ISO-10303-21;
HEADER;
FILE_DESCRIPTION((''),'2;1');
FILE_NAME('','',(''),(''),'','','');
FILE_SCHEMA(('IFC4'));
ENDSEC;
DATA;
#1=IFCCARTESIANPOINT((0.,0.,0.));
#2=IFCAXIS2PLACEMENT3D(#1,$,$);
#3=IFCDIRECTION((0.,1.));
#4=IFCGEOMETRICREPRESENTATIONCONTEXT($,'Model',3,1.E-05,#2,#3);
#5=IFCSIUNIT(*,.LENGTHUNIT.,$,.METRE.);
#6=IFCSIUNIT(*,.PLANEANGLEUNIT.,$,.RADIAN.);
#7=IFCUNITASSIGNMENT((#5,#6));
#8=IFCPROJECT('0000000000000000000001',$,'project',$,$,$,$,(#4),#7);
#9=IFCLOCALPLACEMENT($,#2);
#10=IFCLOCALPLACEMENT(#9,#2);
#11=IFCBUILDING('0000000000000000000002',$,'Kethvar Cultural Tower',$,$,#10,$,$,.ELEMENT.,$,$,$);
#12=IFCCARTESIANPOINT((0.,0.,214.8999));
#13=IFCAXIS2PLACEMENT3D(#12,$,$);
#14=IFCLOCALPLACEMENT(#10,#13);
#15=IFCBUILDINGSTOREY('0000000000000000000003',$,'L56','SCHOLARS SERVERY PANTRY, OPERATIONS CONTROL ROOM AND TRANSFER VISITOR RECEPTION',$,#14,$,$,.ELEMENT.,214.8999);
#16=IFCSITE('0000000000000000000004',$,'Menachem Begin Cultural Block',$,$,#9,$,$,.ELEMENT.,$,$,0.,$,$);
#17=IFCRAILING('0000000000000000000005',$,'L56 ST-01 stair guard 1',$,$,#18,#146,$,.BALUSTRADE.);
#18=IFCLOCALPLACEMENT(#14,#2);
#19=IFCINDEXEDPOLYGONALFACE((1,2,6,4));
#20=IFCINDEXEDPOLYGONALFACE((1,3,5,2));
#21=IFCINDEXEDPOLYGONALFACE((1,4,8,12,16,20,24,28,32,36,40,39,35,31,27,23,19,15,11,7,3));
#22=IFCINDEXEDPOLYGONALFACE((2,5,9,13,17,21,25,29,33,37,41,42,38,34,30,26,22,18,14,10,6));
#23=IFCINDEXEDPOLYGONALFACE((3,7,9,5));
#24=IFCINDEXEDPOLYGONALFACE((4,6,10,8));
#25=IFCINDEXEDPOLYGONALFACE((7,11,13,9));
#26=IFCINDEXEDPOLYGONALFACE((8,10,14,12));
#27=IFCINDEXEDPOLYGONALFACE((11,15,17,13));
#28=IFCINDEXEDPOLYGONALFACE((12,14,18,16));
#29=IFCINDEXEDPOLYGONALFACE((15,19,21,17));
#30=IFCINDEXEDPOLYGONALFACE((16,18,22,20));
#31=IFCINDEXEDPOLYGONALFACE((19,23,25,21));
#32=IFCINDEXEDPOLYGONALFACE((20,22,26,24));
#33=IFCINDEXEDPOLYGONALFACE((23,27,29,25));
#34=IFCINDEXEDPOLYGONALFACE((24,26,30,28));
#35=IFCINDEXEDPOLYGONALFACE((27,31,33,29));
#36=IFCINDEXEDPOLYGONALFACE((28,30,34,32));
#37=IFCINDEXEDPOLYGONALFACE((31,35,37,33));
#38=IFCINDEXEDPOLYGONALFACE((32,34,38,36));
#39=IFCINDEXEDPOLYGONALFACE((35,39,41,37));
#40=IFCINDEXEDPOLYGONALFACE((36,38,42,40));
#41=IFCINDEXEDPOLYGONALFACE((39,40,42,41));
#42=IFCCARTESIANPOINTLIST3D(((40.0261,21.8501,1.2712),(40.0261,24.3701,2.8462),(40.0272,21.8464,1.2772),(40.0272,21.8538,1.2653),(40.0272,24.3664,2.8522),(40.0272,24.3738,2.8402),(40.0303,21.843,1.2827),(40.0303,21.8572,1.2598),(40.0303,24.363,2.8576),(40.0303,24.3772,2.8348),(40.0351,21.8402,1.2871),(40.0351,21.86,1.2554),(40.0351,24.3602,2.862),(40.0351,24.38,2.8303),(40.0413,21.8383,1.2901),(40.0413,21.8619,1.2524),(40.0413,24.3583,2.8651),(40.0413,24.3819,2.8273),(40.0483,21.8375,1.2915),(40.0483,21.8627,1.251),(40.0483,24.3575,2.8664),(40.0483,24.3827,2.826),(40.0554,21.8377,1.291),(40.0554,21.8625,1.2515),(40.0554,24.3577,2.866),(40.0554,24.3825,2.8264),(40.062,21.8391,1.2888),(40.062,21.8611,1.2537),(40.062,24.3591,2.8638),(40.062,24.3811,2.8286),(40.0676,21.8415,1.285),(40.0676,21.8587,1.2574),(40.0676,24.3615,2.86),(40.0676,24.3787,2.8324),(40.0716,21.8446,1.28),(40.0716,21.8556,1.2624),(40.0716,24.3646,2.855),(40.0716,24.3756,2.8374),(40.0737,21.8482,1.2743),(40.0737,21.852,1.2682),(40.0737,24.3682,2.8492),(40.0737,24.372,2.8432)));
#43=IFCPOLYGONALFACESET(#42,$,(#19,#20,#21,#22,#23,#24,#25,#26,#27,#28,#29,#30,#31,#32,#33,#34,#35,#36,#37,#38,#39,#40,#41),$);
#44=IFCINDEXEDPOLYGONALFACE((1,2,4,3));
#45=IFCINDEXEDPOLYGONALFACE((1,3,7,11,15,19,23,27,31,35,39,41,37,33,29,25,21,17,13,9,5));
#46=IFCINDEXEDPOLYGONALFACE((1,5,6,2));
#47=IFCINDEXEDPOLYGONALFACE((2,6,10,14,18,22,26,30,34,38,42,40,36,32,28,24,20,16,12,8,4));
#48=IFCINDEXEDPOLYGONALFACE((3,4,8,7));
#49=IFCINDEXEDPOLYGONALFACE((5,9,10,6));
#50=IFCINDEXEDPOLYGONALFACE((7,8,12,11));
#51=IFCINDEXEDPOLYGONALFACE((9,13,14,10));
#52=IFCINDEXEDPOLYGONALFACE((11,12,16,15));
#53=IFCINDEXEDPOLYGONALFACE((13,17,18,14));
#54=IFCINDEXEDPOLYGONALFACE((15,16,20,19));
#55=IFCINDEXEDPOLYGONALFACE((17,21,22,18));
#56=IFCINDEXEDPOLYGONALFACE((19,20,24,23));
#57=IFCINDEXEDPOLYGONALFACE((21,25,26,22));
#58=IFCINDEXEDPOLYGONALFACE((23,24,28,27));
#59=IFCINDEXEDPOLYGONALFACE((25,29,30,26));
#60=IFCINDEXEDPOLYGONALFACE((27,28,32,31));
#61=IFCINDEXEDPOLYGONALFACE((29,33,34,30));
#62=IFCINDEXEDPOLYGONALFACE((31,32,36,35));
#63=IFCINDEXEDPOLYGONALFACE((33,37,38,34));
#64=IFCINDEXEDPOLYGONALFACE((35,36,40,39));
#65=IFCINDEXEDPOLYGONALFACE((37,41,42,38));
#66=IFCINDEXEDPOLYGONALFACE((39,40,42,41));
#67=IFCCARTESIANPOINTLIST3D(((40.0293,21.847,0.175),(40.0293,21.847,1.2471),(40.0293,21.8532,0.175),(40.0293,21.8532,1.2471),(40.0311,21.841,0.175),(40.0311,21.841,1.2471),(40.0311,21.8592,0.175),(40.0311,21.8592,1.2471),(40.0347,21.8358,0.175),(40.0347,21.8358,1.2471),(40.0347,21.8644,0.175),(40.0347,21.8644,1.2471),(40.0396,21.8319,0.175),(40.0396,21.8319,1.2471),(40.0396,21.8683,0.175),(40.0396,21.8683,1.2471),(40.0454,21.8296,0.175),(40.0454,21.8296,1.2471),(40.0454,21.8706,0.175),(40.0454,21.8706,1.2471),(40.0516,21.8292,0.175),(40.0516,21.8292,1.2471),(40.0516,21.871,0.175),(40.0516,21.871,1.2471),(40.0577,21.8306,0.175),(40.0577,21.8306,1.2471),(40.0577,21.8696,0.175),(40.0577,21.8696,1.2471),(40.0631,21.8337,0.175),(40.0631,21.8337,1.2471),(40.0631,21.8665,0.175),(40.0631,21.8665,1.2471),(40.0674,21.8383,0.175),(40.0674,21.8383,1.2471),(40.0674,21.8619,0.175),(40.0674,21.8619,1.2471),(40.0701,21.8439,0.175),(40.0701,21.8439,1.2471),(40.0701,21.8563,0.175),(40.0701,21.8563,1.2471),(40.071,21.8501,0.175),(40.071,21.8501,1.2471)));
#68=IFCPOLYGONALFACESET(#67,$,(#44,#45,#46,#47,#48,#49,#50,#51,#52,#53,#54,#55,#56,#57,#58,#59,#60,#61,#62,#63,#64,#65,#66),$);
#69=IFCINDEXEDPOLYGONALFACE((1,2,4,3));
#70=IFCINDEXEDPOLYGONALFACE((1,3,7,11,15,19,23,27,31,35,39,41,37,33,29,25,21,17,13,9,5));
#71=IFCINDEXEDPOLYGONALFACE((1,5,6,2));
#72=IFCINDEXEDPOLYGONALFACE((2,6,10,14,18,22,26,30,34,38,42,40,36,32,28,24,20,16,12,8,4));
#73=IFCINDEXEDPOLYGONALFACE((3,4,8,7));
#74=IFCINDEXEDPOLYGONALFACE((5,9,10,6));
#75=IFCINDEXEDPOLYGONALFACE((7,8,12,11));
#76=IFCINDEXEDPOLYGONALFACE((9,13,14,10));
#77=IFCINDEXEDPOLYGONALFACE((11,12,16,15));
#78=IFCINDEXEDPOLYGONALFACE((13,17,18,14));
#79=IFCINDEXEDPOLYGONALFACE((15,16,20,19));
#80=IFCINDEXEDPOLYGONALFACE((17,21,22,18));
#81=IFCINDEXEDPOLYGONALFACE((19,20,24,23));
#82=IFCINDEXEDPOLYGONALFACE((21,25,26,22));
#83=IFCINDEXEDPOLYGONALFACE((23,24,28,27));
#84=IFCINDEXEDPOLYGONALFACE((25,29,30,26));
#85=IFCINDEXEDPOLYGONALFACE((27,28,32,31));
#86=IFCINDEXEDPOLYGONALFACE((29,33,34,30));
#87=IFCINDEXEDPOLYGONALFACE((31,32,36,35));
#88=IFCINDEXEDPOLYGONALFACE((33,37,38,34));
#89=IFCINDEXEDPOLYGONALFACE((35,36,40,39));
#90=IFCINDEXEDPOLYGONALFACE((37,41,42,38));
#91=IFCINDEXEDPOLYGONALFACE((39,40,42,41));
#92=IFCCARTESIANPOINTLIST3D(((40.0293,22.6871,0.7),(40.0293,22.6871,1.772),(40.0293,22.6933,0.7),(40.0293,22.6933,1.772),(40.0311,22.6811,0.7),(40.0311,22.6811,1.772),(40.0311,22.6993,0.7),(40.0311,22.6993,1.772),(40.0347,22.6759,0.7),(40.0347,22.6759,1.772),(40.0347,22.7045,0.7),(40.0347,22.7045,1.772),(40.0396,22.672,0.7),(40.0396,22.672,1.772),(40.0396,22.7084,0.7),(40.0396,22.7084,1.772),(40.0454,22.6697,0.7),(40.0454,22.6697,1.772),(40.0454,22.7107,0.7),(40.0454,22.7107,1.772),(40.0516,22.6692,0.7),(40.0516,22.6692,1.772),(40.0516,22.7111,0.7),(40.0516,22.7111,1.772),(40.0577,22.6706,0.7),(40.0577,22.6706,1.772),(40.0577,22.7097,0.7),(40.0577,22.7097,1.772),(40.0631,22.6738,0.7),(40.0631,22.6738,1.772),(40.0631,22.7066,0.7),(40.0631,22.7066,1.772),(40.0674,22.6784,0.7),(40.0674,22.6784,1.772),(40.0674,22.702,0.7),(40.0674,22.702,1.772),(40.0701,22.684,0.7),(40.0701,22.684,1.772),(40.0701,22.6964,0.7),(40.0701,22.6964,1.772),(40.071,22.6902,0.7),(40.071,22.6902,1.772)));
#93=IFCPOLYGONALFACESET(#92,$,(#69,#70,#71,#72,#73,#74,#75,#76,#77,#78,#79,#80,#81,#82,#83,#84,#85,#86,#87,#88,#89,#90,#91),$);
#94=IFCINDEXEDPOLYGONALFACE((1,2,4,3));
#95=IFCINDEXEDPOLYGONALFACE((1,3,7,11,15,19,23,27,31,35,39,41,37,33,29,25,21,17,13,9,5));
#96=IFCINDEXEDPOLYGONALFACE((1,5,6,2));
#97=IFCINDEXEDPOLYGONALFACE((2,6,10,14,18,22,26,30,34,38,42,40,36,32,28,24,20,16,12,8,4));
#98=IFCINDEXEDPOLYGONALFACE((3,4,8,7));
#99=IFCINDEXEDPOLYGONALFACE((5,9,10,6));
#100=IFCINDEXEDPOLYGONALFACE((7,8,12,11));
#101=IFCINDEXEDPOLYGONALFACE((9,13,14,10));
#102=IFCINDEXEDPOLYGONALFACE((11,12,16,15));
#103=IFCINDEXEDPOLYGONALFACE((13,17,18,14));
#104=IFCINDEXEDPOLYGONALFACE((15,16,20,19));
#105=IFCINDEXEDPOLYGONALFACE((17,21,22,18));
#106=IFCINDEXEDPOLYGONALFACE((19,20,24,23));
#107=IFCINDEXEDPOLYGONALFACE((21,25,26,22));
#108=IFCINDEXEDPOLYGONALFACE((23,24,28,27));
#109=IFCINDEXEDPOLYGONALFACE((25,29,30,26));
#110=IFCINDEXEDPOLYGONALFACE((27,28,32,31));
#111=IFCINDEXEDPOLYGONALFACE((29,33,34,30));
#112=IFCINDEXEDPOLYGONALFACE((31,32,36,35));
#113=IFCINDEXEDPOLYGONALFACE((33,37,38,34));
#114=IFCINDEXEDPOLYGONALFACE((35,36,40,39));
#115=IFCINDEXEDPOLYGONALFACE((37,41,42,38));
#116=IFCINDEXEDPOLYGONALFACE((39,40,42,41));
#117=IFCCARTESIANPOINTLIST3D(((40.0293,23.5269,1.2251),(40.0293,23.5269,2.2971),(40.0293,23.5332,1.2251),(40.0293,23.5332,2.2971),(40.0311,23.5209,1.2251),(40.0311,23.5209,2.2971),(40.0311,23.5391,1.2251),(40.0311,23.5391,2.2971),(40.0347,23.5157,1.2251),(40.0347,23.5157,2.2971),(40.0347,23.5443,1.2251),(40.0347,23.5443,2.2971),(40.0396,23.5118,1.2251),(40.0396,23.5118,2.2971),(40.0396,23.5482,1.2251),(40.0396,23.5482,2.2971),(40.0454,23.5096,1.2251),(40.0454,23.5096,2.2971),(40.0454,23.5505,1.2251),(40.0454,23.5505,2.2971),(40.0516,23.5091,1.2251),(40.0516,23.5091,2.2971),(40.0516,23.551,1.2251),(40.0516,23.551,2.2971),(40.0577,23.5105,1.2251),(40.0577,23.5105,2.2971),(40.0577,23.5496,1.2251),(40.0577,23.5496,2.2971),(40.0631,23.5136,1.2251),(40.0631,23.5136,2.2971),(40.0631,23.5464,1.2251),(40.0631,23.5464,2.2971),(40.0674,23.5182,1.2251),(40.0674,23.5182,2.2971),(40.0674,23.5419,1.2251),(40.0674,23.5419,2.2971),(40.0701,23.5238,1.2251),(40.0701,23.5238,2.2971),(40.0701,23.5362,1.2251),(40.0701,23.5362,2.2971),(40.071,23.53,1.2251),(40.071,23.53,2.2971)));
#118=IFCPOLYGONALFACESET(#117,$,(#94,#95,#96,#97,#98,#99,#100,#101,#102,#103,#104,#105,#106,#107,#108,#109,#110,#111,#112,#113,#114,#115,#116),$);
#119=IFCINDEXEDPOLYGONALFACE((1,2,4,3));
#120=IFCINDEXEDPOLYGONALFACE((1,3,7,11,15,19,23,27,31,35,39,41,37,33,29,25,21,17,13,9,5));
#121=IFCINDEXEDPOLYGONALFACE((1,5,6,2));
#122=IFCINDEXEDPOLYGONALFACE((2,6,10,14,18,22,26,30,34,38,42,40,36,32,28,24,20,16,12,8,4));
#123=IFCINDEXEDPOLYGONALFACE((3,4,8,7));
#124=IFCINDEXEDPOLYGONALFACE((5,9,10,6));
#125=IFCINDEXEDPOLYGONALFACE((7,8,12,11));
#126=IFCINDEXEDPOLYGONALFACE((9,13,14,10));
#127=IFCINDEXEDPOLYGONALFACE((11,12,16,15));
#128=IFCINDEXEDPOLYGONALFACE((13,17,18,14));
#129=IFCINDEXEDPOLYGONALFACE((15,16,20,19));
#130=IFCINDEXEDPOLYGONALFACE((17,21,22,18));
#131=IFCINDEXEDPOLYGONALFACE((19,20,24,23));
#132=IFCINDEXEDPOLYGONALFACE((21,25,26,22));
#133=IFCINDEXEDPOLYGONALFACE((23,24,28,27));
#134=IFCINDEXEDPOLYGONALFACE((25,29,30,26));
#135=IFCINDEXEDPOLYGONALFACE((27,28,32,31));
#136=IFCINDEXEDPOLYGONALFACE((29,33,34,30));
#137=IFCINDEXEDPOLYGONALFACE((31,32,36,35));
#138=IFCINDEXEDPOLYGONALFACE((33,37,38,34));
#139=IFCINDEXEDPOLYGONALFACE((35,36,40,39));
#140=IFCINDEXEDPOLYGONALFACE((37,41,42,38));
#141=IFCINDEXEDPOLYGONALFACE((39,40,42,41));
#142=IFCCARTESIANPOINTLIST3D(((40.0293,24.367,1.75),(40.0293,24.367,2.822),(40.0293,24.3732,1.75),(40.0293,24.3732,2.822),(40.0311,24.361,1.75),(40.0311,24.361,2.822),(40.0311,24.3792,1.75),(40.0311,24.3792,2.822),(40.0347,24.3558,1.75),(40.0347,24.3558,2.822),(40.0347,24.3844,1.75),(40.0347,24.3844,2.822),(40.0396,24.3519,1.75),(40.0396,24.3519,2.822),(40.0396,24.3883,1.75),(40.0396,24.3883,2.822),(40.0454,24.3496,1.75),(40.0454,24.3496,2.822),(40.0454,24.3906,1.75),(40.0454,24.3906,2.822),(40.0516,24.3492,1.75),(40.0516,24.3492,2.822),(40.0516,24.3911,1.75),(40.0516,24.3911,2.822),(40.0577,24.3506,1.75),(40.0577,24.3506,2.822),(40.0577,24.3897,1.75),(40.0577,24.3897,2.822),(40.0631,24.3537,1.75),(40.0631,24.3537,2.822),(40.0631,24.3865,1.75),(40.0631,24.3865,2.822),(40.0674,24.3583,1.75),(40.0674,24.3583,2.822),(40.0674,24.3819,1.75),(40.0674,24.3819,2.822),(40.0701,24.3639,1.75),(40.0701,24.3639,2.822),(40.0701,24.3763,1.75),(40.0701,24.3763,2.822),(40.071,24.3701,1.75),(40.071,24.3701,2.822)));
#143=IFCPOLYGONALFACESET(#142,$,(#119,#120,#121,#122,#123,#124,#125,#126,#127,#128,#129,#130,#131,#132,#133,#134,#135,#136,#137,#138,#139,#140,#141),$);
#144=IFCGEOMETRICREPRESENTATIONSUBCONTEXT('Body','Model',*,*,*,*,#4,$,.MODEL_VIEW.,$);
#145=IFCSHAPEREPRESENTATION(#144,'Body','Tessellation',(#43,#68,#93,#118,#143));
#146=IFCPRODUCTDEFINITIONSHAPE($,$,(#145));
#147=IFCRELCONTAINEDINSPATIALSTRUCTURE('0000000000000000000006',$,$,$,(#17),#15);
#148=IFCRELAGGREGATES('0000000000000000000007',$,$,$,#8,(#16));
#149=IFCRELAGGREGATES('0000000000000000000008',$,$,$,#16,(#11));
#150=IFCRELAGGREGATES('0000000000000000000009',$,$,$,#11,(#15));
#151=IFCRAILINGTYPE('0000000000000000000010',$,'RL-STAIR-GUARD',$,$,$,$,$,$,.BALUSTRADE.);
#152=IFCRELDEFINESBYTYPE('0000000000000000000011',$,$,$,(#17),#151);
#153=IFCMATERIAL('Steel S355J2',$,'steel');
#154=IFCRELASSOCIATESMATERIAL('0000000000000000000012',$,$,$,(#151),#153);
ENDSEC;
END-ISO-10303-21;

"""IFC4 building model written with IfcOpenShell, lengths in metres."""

from ifc_helpers import new_model, si_unit, direction, frame, origin, origin_2d, place, context, subcontext, project, spatial, circle, extrude, material, type_object, element, save


model = new_model("IFC4")

# Units and contexts
model_context = context("Model", 3, precision=1e-05, world=origin(), true_north=direction((0.0, 1.0)))
body_context = subcontext(model_context, "Body", "Model", "MODEL_VIEW")
ifc_project = project(units=[si_unit("LENGTHUNIT", "METRE"), si_unit("PLANEANGLEUNIT", "RADIAN")], contexts=[model_context])

# Site, building, storey
site_placement = place(None, origin())
site = spatial("IfcSite", under=ifc_project, at=site_placement, Name="Menachem Begin Cultural Block", CompositionType="ELEMENT", RefElevation=0.0)
building_placement = place(site_placement, origin())
building = spatial("IfcBuilding", under=site, at=building_placement, Name="Kethvar Cultural Tower", CompositionType="ELEMENT")
storey_placement = place(building_placement, frame((0.0, 0.0, 214.8999)))
storey = spatial("IfcBuildingStorey", under=building, at=storey_placement, Name="L56", Description="SCHOLARS SERVERY PANTRY, OPERATIONS CONTROL ROOM AND TRANSFER VISITOR RECEPTION", CompositionType="ELEMENT", Elevation=214.8999)

# Shared definitions
ifc_material_1 = material(Name="Steel S355J2", Category="steel")

# Railing
railing_type_1 = type_object("IfcRailingType", Name="RL-STAIR-GUARD", PredefinedType="BALUSTRADE", material=ifc_material_1)
railing_1_placement = place(storey_placement, frame((40.05, 21.8501, 0.175)))
element("IfcRailing", 1, at=railing_1_placement, inside=storey, type_object=railing_type_1, Name="L56 ST-01 stair guard 1", PredefinedType="BALUSTRADE", context=body_context, shape_type="SweptSolid", body=[
    extrude(circle(Radius=0.0239, at=origin_2d()), frame((0.0, 0.0, 1.0962), z_axis=(0.0, 0.848008, 0.529984), x_axis=(-1.0, 0.0, 0.0)), (0.0, 0.0, 1.0), 2.9717),
    extrude(circle(Radius=0.021, at=origin_2d()), origin(), (0.0, 0.0, 1.0), 1.072),
    extrude(circle(Radius=0.021, at=origin_2d()), frame((0.0, 0.8401, 0.5249)), (0.0, 0.0, 1.0), 1.072),
    extrude(circle(Radius=0.021, at=origin_2d()), frame((0.0, 1.6799, 1.05)), (0.0, 0.0, 1.0), 1.072),
    extrude(circle(Radius=0.021, at=origin_2d()), frame((0.0, 2.52, 1.575)), (0.0, 0.0, 1.0), 1.072),
])

save(model, "model.ifc")
